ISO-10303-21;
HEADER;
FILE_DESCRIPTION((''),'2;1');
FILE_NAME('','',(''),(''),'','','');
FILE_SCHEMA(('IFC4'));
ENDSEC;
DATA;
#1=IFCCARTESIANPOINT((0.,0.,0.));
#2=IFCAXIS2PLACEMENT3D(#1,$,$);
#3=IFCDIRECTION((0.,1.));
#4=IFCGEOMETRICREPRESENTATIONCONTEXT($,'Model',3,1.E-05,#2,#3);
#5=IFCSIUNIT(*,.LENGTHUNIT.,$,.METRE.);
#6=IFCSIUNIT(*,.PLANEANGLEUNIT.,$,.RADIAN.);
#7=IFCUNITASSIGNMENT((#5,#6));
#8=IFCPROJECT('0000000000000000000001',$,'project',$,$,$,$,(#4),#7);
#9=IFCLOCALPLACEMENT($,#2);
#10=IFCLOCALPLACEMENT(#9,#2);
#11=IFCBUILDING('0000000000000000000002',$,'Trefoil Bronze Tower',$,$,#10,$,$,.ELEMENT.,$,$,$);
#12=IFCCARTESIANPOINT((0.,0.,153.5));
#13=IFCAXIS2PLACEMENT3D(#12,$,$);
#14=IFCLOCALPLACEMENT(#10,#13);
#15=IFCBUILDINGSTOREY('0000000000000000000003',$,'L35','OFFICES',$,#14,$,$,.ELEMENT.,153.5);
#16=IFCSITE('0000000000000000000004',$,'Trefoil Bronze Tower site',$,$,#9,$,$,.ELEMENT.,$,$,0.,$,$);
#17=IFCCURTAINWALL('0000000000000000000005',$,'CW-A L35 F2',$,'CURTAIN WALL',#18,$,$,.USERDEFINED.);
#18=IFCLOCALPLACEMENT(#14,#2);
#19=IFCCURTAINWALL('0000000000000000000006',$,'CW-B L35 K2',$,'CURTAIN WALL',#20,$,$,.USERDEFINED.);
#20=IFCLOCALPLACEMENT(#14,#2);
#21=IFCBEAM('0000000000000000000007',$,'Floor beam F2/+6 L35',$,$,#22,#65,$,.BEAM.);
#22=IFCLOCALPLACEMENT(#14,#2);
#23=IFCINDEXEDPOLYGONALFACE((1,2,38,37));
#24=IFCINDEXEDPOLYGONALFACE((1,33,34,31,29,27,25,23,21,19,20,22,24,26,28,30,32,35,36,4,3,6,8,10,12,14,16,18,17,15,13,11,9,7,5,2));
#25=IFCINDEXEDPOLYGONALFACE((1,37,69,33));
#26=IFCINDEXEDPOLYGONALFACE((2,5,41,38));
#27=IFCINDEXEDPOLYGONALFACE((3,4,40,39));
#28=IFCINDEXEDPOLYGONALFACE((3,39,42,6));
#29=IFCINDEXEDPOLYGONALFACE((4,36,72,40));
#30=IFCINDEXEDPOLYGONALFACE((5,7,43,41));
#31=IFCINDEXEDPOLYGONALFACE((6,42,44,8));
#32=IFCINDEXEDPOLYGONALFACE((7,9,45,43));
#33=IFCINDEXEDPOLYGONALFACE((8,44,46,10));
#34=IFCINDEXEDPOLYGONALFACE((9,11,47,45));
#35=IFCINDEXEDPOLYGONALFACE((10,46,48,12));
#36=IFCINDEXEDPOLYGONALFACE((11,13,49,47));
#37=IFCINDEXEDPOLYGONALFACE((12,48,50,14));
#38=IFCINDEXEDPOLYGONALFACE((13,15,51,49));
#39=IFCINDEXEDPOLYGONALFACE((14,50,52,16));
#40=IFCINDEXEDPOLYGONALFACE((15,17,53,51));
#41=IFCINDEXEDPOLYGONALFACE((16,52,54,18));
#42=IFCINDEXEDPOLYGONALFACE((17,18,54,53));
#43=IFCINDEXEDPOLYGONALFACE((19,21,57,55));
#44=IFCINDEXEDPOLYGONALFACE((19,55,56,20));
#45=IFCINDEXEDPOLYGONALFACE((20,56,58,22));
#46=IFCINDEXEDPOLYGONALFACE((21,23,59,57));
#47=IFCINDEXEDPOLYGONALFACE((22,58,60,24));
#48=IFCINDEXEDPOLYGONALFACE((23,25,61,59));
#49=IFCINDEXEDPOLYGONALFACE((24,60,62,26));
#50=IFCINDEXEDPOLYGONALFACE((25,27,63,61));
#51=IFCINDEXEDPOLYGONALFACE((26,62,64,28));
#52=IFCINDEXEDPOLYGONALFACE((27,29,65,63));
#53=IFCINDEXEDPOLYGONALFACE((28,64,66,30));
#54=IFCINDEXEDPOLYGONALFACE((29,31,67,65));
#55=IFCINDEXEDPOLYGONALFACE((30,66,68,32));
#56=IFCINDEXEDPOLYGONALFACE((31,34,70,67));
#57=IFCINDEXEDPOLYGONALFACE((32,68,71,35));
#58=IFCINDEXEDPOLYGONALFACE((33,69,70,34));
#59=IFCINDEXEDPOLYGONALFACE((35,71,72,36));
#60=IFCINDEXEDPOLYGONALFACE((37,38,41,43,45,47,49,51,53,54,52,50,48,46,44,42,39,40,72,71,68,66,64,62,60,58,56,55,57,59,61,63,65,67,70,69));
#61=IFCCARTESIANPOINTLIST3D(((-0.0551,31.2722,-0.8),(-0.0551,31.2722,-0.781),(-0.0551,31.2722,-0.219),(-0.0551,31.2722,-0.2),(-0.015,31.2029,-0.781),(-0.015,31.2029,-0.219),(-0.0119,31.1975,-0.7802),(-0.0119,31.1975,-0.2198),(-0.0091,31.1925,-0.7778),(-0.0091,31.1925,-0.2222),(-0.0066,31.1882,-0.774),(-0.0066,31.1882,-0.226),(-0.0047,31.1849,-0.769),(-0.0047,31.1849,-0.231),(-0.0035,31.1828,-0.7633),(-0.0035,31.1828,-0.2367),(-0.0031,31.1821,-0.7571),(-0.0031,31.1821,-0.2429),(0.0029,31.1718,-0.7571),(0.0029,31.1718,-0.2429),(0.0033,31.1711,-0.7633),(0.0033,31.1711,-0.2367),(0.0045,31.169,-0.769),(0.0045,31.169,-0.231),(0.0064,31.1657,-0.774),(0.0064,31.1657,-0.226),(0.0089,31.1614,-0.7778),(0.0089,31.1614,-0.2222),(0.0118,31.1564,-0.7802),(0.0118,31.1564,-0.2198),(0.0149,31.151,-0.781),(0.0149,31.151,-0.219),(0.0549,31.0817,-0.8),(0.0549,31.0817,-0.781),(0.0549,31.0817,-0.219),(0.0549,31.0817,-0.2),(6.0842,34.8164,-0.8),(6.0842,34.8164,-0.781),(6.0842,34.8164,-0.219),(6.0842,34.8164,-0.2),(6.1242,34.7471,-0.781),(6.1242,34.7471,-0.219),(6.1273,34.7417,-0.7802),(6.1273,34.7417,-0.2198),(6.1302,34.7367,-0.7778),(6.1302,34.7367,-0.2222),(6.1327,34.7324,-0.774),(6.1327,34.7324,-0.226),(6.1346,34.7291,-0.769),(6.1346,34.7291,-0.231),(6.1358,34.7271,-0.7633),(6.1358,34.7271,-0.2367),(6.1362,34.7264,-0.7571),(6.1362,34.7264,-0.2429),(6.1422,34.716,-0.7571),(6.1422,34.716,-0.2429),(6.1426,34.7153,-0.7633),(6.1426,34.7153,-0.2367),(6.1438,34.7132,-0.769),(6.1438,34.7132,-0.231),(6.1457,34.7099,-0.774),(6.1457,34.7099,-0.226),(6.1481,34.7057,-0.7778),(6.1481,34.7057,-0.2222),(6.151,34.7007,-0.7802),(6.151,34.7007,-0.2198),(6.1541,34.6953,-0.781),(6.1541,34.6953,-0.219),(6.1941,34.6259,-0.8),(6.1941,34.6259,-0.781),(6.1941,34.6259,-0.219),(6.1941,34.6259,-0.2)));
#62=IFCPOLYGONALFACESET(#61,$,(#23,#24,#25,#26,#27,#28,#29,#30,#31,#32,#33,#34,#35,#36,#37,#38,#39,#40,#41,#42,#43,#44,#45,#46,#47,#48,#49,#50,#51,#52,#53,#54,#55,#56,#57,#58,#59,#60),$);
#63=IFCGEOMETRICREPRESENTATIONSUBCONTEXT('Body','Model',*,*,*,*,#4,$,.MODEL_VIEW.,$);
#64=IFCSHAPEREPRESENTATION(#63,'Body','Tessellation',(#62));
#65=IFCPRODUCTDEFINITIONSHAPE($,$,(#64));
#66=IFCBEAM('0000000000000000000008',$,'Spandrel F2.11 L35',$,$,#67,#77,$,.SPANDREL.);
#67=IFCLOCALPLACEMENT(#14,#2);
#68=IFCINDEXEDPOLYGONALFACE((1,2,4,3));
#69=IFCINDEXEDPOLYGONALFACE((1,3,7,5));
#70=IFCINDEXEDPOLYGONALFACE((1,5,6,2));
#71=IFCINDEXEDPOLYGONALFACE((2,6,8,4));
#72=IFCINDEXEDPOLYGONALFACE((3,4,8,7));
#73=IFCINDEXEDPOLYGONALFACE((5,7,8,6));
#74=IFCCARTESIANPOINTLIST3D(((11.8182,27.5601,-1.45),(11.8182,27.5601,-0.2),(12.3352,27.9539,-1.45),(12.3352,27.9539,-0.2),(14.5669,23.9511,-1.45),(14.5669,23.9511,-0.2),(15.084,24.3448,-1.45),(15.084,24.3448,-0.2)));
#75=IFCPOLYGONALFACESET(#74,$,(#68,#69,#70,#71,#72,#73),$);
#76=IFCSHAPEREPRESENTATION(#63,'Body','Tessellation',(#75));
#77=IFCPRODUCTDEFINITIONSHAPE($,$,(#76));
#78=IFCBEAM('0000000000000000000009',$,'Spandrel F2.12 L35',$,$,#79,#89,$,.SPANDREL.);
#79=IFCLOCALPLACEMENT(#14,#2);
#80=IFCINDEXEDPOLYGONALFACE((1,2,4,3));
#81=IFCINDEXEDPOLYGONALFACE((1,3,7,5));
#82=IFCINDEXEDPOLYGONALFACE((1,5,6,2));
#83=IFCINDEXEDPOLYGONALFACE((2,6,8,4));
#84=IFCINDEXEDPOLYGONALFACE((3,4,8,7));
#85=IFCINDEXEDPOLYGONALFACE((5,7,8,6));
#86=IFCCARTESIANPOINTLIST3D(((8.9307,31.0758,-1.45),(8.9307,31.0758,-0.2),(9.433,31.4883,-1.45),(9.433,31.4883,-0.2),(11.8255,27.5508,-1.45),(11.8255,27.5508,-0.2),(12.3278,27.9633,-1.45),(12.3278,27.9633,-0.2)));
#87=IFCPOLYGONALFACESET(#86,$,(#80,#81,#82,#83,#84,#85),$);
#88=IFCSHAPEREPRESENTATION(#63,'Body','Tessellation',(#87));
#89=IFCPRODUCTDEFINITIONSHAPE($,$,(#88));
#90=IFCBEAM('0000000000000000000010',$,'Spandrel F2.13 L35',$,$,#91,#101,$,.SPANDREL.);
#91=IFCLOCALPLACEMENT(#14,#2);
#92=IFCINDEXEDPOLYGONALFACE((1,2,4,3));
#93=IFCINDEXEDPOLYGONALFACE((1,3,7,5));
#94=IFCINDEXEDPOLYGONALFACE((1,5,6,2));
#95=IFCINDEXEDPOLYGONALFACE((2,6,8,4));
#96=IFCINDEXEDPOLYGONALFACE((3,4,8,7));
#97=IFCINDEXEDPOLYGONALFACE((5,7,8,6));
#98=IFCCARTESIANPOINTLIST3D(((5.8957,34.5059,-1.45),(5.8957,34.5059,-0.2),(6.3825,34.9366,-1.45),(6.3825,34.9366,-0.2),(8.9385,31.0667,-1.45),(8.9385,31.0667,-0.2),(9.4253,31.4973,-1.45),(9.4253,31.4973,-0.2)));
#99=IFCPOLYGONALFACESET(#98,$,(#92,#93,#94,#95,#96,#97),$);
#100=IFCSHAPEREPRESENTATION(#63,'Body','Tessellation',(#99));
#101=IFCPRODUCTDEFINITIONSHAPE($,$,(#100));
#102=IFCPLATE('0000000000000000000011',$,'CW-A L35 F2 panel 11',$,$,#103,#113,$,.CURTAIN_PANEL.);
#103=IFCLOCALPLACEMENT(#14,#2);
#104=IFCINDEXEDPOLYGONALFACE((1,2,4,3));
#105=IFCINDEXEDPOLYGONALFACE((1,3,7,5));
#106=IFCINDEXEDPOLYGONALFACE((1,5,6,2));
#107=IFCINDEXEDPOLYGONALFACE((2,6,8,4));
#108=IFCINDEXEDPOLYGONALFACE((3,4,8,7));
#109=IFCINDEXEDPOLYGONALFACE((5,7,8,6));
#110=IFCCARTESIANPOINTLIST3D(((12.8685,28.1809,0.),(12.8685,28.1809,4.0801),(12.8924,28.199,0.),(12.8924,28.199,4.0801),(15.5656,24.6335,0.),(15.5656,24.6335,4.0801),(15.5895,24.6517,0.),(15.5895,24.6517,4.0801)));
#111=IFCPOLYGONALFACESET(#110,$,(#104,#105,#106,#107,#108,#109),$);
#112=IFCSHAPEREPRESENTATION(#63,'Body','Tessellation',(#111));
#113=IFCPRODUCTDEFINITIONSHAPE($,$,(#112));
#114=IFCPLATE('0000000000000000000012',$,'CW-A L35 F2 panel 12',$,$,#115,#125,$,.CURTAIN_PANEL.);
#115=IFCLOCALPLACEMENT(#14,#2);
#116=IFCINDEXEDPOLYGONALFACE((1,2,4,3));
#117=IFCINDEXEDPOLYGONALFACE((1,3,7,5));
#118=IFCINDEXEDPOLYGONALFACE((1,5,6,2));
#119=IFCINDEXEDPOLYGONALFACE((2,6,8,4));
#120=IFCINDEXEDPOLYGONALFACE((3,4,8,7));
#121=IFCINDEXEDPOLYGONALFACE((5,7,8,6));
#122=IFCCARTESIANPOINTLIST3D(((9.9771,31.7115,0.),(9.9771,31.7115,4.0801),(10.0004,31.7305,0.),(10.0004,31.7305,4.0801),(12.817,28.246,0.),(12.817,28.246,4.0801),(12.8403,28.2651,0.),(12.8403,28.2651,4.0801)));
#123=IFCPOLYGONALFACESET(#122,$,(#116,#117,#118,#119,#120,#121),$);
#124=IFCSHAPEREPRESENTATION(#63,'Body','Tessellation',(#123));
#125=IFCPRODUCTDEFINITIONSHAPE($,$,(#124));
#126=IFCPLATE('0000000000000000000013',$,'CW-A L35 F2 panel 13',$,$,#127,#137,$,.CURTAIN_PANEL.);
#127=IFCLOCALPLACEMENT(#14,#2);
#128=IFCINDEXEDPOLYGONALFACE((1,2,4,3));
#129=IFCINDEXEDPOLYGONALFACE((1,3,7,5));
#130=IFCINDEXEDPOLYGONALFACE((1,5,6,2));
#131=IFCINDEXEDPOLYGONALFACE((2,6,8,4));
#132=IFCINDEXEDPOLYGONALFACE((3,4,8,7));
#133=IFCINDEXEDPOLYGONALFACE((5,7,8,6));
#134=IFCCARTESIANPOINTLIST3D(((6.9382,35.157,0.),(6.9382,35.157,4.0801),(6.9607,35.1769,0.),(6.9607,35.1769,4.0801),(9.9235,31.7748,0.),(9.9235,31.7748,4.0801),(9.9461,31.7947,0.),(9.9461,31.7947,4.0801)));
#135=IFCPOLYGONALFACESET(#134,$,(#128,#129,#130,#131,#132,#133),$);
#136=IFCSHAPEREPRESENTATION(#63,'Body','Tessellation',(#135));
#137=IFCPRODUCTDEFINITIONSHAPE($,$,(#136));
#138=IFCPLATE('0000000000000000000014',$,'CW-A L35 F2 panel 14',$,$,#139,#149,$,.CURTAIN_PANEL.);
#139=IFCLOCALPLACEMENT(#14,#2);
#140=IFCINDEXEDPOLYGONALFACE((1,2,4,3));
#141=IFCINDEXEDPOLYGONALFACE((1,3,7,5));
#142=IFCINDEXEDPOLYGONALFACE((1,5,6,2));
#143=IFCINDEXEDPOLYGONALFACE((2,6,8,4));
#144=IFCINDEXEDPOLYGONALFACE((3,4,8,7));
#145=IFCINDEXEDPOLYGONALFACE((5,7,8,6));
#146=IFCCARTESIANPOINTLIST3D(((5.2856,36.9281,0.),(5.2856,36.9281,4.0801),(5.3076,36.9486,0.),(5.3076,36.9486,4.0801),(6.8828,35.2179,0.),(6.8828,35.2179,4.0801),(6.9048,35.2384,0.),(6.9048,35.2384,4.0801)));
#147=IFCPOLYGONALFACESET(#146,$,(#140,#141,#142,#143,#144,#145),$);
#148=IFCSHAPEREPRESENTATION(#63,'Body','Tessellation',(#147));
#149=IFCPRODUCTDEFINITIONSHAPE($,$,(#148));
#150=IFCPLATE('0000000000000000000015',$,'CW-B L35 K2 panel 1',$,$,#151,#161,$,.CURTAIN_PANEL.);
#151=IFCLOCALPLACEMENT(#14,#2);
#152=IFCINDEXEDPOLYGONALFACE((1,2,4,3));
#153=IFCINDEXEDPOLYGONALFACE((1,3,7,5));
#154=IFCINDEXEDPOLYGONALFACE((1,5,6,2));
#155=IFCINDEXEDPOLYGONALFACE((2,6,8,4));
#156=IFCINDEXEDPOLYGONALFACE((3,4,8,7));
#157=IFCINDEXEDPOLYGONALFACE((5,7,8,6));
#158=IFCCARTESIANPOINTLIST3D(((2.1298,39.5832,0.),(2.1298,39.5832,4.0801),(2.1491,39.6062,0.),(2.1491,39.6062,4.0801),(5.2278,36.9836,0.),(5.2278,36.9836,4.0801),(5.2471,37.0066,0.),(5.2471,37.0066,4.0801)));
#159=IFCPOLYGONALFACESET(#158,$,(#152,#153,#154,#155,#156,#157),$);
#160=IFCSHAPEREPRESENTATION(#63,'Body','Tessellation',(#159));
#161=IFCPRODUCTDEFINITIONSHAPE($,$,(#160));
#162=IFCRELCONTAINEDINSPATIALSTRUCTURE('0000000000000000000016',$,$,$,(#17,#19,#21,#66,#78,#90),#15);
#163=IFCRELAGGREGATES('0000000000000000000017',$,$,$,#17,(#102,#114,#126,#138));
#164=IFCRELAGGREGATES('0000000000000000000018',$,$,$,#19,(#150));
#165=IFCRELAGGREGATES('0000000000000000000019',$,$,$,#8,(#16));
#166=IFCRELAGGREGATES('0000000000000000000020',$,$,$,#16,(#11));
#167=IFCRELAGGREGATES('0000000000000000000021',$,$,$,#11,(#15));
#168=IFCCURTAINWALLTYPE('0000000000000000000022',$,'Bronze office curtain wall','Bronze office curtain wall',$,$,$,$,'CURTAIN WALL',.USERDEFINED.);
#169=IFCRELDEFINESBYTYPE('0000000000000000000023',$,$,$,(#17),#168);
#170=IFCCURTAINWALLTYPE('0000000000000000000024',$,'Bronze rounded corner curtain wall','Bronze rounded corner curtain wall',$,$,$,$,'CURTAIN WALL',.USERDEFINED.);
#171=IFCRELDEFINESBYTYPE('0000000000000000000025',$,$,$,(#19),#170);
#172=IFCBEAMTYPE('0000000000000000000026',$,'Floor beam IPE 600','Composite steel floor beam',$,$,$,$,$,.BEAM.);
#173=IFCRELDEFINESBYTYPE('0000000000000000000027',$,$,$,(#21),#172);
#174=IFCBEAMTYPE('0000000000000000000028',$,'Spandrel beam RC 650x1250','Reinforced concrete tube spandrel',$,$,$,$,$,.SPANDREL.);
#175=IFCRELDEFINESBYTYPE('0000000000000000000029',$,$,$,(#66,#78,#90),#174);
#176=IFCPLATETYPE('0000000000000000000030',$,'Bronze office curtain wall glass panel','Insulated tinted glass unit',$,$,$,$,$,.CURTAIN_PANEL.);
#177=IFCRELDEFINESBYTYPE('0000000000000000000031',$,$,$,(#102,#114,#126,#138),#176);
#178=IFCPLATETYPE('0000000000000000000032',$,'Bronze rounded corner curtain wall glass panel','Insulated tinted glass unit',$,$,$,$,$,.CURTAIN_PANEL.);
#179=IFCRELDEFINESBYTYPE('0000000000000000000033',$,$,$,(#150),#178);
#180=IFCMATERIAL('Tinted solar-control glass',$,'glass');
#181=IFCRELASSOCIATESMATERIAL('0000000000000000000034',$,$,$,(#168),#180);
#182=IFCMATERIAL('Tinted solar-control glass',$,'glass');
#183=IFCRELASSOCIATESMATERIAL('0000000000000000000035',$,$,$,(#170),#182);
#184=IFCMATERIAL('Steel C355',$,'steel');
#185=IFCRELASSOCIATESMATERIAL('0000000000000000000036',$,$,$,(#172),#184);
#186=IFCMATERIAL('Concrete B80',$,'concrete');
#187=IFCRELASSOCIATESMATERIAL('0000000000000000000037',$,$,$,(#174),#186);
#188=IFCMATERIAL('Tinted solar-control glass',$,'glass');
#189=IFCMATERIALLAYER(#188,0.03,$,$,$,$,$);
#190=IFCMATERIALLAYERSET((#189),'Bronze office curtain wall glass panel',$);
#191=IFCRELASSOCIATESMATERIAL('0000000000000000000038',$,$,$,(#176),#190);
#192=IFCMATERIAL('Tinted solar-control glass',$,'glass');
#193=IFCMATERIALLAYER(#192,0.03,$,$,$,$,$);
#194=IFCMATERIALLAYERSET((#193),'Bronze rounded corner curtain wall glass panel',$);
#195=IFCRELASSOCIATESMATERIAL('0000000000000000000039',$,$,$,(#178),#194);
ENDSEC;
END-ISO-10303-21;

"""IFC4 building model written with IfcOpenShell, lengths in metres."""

from ifc_helpers import new_model, si_unit, direction, frame, origin, origin_2d, place, context, subcontext, project, spatial, rectangle, i_section, extrude, material, layer, layer_set, material_profile, profile_set, type_object, element, aggregate, save


model = new_model("IFC4")

# Units and contexts
model_context = context("Model", 3, precision=1e-05, world=origin(), true_north=direction((0.0, 1.0)))
body_context = subcontext(model_context, "Body", "Model", "MODEL_VIEW")
ifc_project = project(units=[si_unit("LENGTHUNIT", "METRE"), si_unit("PLANEANGLEUNIT", "RADIAN")], contexts=[model_context])

# Site, building, storey
site_placement = place(None, origin())
site = spatial("IfcSite", under=ifc_project, at=site_placement, Name="Trefoil Bronze Tower site", CompositionType="ELEMENT", RefElevation=0.0)
building_placement = place(site_placement, origin())
building = spatial("IfcBuilding", under=site, at=building_placement, Name="Trefoil Bronze Tower", CompositionType="ELEMENT")
storey_placement = place(building_placement, frame((0.0, 0.0, 153.5)))
storey = spatial("IfcBuildingStorey", under=building, at=storey_placement, Name="L35", Description="OFFICES", CompositionType="ELEMENT", Elevation=153.5)

# Curtain walls
ifc_material_1 = material(Name="Tinted solar-control glass", Category="glass")
curtain_wall_type_1 = type_object("IfcCurtainWallType", Name="Bronze office curtain wall", Description="Bronze office curtain wall", ElementType="CURTAIN WALL", PredefinedType="USERDEFINED", material=ifc_material_1)
curtain_wall_1_placement = place(storey_placement, origin())
curtain_wall_1 = element("IfcCurtainWall", 1, at=curtain_wall_1_placement, inside=storey, type_object=curtain_wall_type_1, Name="CW-A L35 F2", ObjectType="CURTAIN WALL", PredefinedType="USERDEFINED")
ifc_material_2 = material(Name="Tinted solar-control glass", Category="glass")
curtain_wall_type_2 = type_object("IfcCurtainWallType", Name="Bronze rounded corner curtain wall", Description="Bronze rounded corner curtain wall", ElementType="CURTAIN WALL", PredefinedType="USERDEFINED", material=ifc_material_2)
curtain_wall_2_placement = place(storey_placement, origin())
curtain_wall_2 = element("IfcCurtainWall", 2, at=curtain_wall_2_placement, inside=storey, type_object=curtain_wall_type_2, Name="CW-B L35 K2", ObjectType="CURTAIN WALL", PredefinedType="USERDEFINED")

# Beams
ifc_material_3 = material(Name="Steel C355", Category="steel")
ifc_material_profile_1 = material_profile(ifc_material_3, i_section(OverallWidth=0.22, OverallDepth=0.6001, WebThickness=0.012, FlangeThickness=0.019, FilletRadius=0.0239, at=origin_2d()), Name="IPE 600")
ifc_profile_set_1 = profile_set([ifc_material_profile_1], Name="Steel C355")
beam_type_1 = type_object("IfcBeamType", Name="Floor beam IPE 600", Description="Composite steel floor beam", PredefinedType="BEAM", material=ifc_profile_set_1)
beam_1_placement = place(storey_placement, frame((6.1392, 34.7212, -0.5), z_axis=(-0.866041, -0.499973, 0.0), x_axis=(0.499973, -0.866041, 0.0)))
element("IfcBeam", 3, at=beam_1_placement, inside=storey, type_object=beam_type_1, Name="Floor beam F2/+6 L35", PredefinedType="BEAM", context=body_context, shape_type="SweptSolid", body=[
    extrude(i_section(OverallWidth=0.22, OverallDepth=0.6001, WebThickness=0.012, FlangeThickness=0.019, FilletRadius=0.0239, at=origin_2d()), origin(), (0.0, 0.0, 1.0), 7.0889),
])
ifc_material_4 = material(Name="Concrete B80", Category="concrete")
ifc_material_profile_2 = material_profile(ifc_material_4, rectangle(XDim=0.6499, YDim=1.25, at=origin_2d()), Name="RC 650x1250")
ifc_profile_set_2 = profile_set([ifc_material_profile_2], Name="Concrete B80")
beam_type_2 = type_object("IfcBeamType", Name="Spandrel beam RC 650x1250", Description="Reinforced concrete tube spandrel", PredefinedType="SPANDREL", material=ifc_profile_set_2)
beam_2_placement = place(storey_placement, frame((14.8254, 24.1479, -0.825), z_axis=(-0.605899, 0.795542, 0.0), x_axis=(-0.795542, -0.605899, 0.0)))
element("IfcBeam", 4, at=beam_2_placement, inside=storey, type_object=beam_type_2, Name="Spandrel F2.11 L35", PredefinedType="SPANDREL", context=body_context, shape_type="SweptSolid", body=[
    extrude(rectangle(XDim=0.6499, YDim=1.25, at=origin_2d()), origin(), (0.0, 0.0, 1.0), 4.5366),
])
beam_3_placement = place(storey_placement, frame((12.0767, 27.7571, -0.825), z_axis=(-0.63465, 0.772799, 0.0), x_axis=(-0.772799, -0.63465, 0.0)))
element("IfcBeam", 5, at=beam_3_placement, inside=storey, type_object=beam_type_2, Name="Spandrel F2.12 L35", PredefinedType="SPANDREL", context=body_context, shape_type="SweptSolid", body=[
    extrude(rectangle(XDim=0.6499, YDim=1.25, at=origin_2d()), origin(), (0.0, 0.0, 1.0), 4.5613),
])
beam_4_placement = place(storey_placement, frame((9.1819, 31.282, -0.825), z_axis=(-0.662616, 0.748959, 0.0), x_axis=(-0.748959, -0.662616, 0.0)))
element("IfcBeam", 6, at=beam_4_placement, inside=storey, type_object=beam_type_2, Name="Spandrel F2.13 L35", PredefinedType="SPANDREL", context=body_context, shape_type="SweptSolid", body=[
    extrude(rectangle(XDim=0.6499, YDim=1.25, at=origin_2d()), origin(), (0.0, 0.0, 1.0), 4.592),
])

# Plates
ifc_material_5 = material(Name="Tinted solar-control glass", Category="glass")
ifc_layer_1 = layer(ifc_material_5, 0.03)
ifc_layer_set_1 = layer_set([ifc_layer_1], Name="Bronze office curtain wall glass panel")
plate_type_1 = type_object("IfcPlateType", Name="Bronze office curtain wall glass panel", Description="Insulated tinted glass unit", PredefinedType="CURTAIN_PANEL", material=ifc_layer_set_1)
plate_1_placement = place(storey_placement, frame((14.229, 26.4163, 0.0), z_axis=(0.0, 0.0, 1.0), x_axis=(-0.605252, 0.796034, 0.0)))
plate_1 = element("IfcPlate", 7, at=plate_1_placement, type_object=plate_type_1, Name="CW-A L35 F2 panel 11", PredefinedType="CURTAIN_PANEL", context=body_context, shape_type="SweptSolid", body=[
    extrude(rectangle(XDim=4.4563, YDim=0.03, at=origin_2d()), origin(), (0.0, 0.0, 1.0), 4.0801),
])
plate_2_placement = place(storey_placement, frame((11.4087, 29.9883, 0.0), z_axis=(0.0, 0.0, 1.0), x_axis=(-0.63384, 0.773464, 0.0)))
plate_2 = element("IfcPlate", 8, at=plate_2_placement, type_object=plate_type_1, Name="CW-A L35 F2 panel 12", PredefinedType="CURTAIN_PANEL", context=body_context, shape_type="SweptSolid", body=[
    extrude(rectangle(XDim=4.4805, YDim=0.03, at=origin_2d()), origin(), (0.0, 0.0, 1.0), 4.0801),
])
plate_3_placement = place(storey_placement, frame((8.4421, 33.4758, 0.0), z_axis=(0.0, 0.0, 1.0), x_axis=(-0.661751, 0.749723, 0.0)))
plate_3 = element("IfcPlate", 9, at=plate_3_placement, type_object=plate_type_1, Name="CW-A L35 F2 panel 13", PredefinedType="CURTAIN_PANEL", context=body_context, shape_type="SweptSolid", body=[
    extrude(rectangle(XDim=4.5112, YDim=0.03, at=origin_2d()), origin(), (0.0, 0.0, 1.0), 4.0801),
])
plate_4_placement = place(storey_placement, frame((6.0952, 36.0833, 0.0), z_axis=(0.0, 0.0, 1.0), x_axis=(-0.682536, 0.730852, 0.0)))
plate_4 = element("IfcPlate", 10, at=plate_4_placement, type_object=plate_type_1, Name="CW-A L35 F2 panel 14", PredefinedType="CURTAIN_PANEL", context=body_context, shape_type="SweptSolid", body=[
    extrude(rectangle(XDim=2.3401, YDim=0.03, at=origin_2d()), origin(), (0.0, 0.0, 1.0), 4.0801),
])
aggregate(curtain_wall_1, [plate_1, plate_2, plate_3, plate_4])
ifc_material_6 = material(Name="Tinted solar-control glass", Category="glass")
ifc_layer_2 = layer(ifc_material_6, 0.03)
ifc_layer_set_2 = layer_set([ifc_layer_2], Name="Bronze rounded corner curtain wall glass panel")
plate_type_2 = type_object("IfcPlateType", Name="Bronze rounded corner curtain wall glass panel", Description="Insulated tinted glass unit", PredefinedType="CURTAIN_PANEL", material=ifc_layer_set_2)
plate_5_placement = place(storey_placement, frame((3.6885, 38.2949, 0.0), z_axis=(0.0, 0.0, 1.0), x_axis=(-0.766044, 0.642788, 0.0)))
plate_5 = element("IfcPlate", 11, at=plate_5_placement, type_object=plate_type_2, Name="CW-B L35 K2 panel 1", PredefinedType="CURTAIN_PANEL", context=body_context, shape_type="SweptSolid", body=[
    extrude(rectangle(XDim=4.0442, YDim=0.03, at=origin_2d()), origin(), (0.0, 0.0, 1.0), 4.0801),
])
aggregate(curtain_wall_2, [plate_5])

save(model, "model.ifc")
